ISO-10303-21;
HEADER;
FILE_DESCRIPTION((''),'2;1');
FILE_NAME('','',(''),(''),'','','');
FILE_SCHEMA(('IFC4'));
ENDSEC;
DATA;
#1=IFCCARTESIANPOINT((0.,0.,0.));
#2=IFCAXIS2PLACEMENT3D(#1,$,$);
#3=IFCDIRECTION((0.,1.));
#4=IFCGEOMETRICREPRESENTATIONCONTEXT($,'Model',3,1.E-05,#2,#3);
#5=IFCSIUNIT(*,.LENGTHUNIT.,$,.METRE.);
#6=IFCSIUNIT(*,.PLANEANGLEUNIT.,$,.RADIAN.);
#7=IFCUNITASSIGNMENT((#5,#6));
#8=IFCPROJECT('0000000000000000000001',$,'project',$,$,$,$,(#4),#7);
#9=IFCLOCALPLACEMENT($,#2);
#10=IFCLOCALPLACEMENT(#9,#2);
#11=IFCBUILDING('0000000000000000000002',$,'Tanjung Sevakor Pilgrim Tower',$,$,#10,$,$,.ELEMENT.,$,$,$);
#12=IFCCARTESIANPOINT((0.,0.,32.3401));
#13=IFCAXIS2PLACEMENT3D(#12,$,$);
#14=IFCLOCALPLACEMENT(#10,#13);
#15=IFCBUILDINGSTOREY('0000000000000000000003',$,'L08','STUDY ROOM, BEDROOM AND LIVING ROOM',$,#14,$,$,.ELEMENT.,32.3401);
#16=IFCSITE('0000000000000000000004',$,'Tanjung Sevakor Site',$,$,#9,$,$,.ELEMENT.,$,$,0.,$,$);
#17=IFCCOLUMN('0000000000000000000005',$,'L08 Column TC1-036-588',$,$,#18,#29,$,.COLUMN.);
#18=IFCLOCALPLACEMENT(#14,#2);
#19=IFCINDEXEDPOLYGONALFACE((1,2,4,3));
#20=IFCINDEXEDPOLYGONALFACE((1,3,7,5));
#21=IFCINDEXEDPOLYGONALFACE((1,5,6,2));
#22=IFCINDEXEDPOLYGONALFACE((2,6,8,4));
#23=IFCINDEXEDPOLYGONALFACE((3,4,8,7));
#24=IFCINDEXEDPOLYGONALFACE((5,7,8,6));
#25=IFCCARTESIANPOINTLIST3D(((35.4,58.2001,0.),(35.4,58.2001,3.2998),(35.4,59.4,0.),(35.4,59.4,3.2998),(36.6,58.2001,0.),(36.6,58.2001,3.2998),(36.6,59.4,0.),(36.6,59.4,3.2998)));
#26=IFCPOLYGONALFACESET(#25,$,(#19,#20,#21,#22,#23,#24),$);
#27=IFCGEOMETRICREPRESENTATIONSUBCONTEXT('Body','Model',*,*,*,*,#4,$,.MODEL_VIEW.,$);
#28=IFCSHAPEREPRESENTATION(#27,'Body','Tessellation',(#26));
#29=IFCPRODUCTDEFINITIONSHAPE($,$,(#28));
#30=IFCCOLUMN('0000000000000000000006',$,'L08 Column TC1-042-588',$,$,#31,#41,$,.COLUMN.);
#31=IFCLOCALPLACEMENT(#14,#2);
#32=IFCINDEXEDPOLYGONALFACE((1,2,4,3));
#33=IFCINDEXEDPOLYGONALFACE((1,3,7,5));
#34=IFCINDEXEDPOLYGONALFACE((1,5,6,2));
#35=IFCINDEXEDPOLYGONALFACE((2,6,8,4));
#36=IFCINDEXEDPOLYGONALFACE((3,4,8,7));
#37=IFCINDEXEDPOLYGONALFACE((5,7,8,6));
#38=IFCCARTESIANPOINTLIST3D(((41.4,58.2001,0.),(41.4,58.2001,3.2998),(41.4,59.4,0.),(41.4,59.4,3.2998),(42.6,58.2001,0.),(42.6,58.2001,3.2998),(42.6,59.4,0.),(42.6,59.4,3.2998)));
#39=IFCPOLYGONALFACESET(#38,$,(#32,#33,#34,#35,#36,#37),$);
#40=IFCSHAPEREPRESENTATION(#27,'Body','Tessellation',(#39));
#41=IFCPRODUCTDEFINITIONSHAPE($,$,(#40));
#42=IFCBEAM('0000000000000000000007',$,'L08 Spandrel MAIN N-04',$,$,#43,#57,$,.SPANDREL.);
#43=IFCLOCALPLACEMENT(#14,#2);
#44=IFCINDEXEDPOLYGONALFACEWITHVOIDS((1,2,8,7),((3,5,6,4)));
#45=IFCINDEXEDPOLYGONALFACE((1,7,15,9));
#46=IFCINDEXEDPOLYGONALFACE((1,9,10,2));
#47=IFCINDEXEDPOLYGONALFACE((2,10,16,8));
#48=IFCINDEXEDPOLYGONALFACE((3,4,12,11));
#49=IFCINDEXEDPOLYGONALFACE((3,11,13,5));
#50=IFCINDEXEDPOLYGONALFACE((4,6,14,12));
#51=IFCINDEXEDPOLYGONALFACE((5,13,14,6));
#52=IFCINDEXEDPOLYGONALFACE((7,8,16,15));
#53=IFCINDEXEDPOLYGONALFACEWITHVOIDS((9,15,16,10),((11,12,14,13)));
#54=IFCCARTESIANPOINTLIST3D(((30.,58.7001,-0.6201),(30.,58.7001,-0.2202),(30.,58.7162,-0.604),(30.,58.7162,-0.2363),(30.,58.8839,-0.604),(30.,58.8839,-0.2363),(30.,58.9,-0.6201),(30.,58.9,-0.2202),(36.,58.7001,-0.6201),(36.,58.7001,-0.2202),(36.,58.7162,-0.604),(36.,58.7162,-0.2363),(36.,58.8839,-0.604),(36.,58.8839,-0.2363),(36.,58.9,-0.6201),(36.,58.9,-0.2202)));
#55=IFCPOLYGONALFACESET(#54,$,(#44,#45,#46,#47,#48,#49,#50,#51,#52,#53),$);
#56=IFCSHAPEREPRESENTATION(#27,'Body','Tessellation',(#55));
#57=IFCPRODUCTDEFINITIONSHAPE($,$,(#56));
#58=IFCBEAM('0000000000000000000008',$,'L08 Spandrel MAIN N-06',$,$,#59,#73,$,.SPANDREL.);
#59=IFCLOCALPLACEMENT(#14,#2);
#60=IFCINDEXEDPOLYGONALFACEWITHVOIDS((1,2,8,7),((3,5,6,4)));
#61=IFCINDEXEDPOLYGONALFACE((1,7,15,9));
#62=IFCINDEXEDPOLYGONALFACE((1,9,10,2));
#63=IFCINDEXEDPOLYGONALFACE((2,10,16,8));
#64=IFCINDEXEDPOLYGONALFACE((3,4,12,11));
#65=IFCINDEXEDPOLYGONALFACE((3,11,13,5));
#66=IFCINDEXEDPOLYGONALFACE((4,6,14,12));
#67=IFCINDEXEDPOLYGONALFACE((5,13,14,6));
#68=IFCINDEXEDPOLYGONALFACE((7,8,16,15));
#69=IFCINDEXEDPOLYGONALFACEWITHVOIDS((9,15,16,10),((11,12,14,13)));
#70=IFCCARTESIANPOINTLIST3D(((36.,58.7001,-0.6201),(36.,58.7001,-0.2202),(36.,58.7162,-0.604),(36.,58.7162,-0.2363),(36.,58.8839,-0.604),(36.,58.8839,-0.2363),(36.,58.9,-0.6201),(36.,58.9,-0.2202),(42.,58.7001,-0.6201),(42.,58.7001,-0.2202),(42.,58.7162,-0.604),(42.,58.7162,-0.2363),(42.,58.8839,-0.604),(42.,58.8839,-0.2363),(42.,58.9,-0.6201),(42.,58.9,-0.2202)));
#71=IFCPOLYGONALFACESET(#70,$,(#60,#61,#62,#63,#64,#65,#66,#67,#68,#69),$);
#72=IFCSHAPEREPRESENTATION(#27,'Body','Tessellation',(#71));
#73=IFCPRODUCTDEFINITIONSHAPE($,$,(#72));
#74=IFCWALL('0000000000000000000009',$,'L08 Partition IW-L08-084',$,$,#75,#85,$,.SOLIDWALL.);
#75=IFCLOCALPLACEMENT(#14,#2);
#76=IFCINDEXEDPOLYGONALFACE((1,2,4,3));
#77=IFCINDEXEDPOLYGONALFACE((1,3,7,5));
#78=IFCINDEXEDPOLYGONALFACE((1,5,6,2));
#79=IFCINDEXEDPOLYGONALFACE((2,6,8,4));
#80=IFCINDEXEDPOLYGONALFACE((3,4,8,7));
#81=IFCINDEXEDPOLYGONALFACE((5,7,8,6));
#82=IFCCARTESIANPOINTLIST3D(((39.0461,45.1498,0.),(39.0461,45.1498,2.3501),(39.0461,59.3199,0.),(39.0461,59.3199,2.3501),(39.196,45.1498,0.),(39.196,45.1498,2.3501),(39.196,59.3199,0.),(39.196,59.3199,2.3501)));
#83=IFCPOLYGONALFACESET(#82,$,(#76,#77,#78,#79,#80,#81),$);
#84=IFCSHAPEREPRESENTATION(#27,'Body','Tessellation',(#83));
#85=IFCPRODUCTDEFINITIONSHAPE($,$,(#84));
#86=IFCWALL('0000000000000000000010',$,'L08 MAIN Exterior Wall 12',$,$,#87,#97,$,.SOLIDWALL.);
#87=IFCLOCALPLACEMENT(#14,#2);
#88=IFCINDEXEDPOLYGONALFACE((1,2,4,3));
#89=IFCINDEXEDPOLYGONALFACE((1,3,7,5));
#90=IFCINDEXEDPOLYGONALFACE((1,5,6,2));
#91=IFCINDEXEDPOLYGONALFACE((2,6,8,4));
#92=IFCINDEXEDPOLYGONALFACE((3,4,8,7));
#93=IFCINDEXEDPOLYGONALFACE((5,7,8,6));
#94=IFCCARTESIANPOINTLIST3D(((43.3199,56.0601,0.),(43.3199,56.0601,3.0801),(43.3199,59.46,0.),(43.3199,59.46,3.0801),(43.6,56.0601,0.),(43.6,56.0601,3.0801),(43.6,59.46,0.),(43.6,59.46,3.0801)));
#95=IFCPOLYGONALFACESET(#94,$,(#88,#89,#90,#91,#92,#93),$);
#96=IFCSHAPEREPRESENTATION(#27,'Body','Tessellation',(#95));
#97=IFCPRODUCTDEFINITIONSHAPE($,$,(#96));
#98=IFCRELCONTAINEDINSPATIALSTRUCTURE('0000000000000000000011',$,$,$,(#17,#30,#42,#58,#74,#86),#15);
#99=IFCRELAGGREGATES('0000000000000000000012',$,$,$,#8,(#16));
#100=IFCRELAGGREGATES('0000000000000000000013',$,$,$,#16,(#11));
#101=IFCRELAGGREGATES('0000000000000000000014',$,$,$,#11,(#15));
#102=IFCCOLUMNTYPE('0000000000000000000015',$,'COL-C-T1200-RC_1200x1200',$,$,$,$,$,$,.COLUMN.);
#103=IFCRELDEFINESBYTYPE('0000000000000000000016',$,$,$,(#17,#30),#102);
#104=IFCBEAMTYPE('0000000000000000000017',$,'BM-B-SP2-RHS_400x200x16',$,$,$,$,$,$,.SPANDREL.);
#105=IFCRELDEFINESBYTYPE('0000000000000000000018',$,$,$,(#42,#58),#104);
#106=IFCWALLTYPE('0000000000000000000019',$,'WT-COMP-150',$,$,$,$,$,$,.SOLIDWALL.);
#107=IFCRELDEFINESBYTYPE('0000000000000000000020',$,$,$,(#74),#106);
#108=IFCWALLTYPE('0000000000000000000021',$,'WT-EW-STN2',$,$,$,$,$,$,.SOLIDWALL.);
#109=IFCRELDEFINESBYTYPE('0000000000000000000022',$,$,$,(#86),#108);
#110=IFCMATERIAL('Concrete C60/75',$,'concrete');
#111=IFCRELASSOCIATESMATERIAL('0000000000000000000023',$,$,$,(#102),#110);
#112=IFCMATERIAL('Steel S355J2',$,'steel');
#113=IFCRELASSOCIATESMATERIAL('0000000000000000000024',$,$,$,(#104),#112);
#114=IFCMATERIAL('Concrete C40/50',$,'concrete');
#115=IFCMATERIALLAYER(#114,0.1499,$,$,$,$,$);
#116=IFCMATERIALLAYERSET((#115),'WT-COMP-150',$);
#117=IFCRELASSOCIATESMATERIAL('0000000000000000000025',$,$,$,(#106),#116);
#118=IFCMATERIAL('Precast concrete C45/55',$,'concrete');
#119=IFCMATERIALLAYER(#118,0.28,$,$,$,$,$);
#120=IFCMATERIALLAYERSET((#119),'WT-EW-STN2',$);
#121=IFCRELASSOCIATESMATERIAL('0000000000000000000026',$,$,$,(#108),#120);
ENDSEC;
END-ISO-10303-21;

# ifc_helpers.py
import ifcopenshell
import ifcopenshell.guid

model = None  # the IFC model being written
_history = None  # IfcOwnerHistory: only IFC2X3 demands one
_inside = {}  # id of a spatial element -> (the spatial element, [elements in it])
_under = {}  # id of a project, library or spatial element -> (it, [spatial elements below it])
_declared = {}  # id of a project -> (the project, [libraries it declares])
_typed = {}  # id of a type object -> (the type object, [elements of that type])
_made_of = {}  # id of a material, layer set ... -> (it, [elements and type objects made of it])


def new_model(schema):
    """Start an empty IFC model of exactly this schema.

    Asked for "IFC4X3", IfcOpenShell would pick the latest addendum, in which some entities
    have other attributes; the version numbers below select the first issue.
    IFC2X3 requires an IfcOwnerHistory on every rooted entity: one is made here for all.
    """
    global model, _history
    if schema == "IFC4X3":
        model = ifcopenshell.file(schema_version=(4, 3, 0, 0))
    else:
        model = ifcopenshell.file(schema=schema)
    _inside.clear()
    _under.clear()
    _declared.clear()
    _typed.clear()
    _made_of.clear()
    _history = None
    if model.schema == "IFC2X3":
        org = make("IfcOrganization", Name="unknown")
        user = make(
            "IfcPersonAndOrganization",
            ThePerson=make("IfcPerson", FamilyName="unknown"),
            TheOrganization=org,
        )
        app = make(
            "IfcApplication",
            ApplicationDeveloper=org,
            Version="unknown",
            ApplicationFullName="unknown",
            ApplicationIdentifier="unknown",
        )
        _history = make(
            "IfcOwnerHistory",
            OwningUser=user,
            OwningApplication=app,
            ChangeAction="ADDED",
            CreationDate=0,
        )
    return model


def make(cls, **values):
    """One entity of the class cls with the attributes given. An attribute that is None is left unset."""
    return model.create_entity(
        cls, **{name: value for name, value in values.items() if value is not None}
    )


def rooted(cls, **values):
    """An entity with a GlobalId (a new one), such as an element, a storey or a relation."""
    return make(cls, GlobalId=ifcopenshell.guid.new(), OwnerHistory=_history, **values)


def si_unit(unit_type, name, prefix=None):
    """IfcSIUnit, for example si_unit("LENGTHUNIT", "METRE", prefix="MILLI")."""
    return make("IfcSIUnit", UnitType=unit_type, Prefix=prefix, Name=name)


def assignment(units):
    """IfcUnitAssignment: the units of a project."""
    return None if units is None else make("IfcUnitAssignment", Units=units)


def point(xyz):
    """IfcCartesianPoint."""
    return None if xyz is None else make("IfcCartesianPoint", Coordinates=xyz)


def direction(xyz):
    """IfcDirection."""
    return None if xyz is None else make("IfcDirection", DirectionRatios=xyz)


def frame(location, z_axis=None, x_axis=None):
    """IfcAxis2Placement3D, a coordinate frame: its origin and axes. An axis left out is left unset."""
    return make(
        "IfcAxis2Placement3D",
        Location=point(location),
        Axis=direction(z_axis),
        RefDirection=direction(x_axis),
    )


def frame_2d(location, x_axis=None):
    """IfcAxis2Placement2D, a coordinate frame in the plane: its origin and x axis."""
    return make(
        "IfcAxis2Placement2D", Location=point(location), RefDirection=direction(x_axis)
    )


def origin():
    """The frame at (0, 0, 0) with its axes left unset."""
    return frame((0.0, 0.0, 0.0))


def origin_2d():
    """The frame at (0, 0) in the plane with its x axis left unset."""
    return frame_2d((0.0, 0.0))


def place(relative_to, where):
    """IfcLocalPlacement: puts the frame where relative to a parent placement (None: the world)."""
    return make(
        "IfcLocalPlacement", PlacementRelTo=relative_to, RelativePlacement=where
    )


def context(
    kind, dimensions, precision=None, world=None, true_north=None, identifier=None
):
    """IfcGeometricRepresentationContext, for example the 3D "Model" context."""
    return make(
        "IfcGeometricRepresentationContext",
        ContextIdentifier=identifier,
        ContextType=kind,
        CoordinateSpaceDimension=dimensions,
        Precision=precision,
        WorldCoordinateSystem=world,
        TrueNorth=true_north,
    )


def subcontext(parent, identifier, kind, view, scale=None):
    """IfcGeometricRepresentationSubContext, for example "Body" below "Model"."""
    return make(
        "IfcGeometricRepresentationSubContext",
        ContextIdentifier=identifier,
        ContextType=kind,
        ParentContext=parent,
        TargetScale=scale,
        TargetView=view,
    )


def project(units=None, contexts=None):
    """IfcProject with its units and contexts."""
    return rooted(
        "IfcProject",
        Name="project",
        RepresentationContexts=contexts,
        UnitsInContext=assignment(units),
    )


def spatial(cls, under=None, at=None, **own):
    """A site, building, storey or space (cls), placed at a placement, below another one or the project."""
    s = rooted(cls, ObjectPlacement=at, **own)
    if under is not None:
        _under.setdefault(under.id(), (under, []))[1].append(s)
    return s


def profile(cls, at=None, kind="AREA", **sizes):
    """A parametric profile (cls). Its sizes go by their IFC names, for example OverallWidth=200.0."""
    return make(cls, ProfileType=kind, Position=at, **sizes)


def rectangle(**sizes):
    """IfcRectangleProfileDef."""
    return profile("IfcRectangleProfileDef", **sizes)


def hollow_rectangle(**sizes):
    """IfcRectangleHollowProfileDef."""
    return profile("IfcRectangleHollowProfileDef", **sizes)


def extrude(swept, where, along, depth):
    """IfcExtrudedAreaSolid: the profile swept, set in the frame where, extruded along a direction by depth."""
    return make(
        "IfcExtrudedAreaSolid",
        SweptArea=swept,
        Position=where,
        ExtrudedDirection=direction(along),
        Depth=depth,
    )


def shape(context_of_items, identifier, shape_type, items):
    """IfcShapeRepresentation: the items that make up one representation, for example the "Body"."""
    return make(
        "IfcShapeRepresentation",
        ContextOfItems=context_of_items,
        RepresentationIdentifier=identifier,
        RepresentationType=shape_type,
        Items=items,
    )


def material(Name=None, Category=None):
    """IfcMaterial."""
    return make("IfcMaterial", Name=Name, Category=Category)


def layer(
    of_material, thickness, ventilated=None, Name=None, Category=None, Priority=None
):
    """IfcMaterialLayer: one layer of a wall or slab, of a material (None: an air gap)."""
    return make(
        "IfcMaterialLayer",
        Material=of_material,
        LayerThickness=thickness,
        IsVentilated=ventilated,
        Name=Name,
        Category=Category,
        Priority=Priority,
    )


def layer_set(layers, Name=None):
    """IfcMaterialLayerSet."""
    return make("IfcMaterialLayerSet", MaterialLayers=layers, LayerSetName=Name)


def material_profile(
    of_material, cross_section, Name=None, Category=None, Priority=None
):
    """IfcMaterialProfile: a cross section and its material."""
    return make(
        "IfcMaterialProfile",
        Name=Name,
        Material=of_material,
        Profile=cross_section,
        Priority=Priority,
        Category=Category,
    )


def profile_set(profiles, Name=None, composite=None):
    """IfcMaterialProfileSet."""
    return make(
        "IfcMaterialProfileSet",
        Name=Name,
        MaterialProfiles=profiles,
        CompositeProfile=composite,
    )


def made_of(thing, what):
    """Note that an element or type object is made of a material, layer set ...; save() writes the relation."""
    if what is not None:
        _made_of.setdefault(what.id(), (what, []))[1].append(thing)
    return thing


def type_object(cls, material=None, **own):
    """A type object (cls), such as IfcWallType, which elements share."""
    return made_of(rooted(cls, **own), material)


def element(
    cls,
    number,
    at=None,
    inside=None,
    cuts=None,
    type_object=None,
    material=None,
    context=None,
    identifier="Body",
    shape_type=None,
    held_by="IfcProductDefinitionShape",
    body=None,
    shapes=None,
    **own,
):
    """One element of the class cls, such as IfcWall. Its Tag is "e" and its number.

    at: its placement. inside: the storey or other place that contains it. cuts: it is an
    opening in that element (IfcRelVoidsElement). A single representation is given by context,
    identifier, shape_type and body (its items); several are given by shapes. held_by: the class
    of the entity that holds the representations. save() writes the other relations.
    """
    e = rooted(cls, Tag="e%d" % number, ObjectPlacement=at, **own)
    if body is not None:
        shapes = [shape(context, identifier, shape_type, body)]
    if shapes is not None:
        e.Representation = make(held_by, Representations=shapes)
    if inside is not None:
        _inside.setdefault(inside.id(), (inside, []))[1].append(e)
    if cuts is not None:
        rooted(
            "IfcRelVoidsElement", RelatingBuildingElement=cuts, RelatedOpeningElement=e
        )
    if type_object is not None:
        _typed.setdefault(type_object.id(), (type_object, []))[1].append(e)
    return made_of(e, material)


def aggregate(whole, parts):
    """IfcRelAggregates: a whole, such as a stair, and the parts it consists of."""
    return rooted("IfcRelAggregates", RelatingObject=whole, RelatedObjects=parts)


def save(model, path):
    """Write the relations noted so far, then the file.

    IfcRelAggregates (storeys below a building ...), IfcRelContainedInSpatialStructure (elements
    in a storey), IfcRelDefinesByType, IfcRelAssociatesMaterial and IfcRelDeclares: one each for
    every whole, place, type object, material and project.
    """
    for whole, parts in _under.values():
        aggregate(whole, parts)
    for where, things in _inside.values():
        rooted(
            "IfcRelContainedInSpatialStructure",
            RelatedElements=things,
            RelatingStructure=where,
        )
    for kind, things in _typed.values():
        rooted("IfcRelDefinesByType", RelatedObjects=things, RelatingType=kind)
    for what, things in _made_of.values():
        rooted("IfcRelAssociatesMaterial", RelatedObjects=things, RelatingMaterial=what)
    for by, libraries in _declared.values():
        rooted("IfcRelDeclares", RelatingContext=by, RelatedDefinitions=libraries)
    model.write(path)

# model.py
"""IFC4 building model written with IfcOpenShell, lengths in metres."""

from ifc_helpers import new_model, si_unit, direction, frame, frame_2d, origin, origin_2d, place, context, subcontext, project, spatial, rectangle, hollow_rectangle, extrude, material, layer, layer_set, material_profile, profile_set, type_object, element, save


model = new_model("IFC4")

# Units and contexts
model_context = context("Model", 3, precision=1e-05, world=origin(), true_north=direction((0.0, 1.0)))
body_context = subcontext(model_context, "Body", "Model", "MODEL_VIEW")
ifc_project = project(units=[si_unit("LENGTHUNIT", "METRE"), si_unit("PLANEANGLEUNIT", "RADIAN")], contexts=[model_context])

# Site, building, storey
site_placement = place(None, origin())
site = spatial("IfcSite", under=ifc_project, at=site_placement, Name="Tanjung Sevakor Site", CompositionType="ELEMENT", RefElevation=0.0)
building_placement = place(site_placement, origin())
building = spatial("IfcBuilding", under=site, at=building_placement, Name="Tanjung Sevakor Pilgrim Tower", CompositionType="ELEMENT")
storey_placement = place(building_placement, frame((0.0, 0.0, 32.3401)))
storey = spatial("IfcBuildingStorey", under=building, at=storey_placement, Name="L08", Description="STUDY ROOM, BEDROOM AND LIVING ROOM", CompositionType="ELEMENT", Elevation=32.3401)

# Columns
ifc_material_1 = material(Name="Concrete C60/75", Category="concrete")
ifc_material_profile_1 = material_profile(ifc_material_1, rectangle(XDim=1.2, YDim=1.2, at=origin_2d()))
ifc_profile_set_1 = profile_set([ifc_material_profile_1], Name="Concrete C60/75")
column_type = type_object("IfcColumnType", Name="COL-C-T1200-RC_1200x1200", PredefinedType="COLUMN", material=ifc_profile_set_1)
for number, where, z_axis, x_axis, name in (
    (1, (36.0, 58.8, 0.0), (0.0, 0.0, 1.0), (1.0, 0.0, 0.0), "L08 Column TC1-036-588"),
    (2, (42.0, 58.8, 0.0), (0.0, 0.0, 1.0), (1.0, 0.0, 0.0), "L08 Column TC1-042-588"),
):
    element("IfcColumn", number, at=place(storey_placement, frame(where, z_axis=z_axis, x_axis=x_axis)), inside=storey, type_object=column_type, Name=name, PredefinedType="COLUMN", context=body_context, shape_type="SweptSolid", body=[
        extrude(rectangle(XDim=1.2, YDim=1.2, at=origin_2d()), origin(), (0.0, 0.0, 1.0), 3.2998),
    ])

# Beams
ifc_material_2 = material(Name="Steel S355J2", Category="steel")
ifc_material_profile_2 = material_profile(ifc_material_2, hollow_rectangle(XDim=0.2, YDim=0.3999, WallThickness=0.0161, at=origin_2d()))
ifc_profile_set_2 = profile_set([ifc_material_profile_2], Name="Steel S355J2")
beam_type = type_object("IfcBeamType", Name="BM-B-SP2-RHS_400x200x16", PredefinedType="SPANDREL", material=ifc_profile_set_2)
for number, where, z_axis, x_axis, name in (
    (3, (30.0, 58.8, -0.4202), (1.0, 0.0, 0.0), (0.0, 1.0, 0.0), "L08 Spandrel MAIN N-04"),
    (4, (36.0, 58.8, -0.4202), (1.0, 0.0, 0.0), (0.0, 1.0, 0.0), "L08 Spandrel MAIN N-06"),
):
    element("IfcBeam", number, at=place(storey_placement, frame(where, z_axis=z_axis, x_axis=x_axis)), inside=storey, type_object=beam_type, Name=name, PredefinedType="SPANDREL", context=body_context, shape_type="SweptSolid", body=[
        extrude(hollow_rectangle(XDim=0.2, YDim=0.3999, WallThickness=0.0161, at=origin_2d()), origin(), (0.0, 0.0, 1.0), 6.0),
    ])

# Wall
ifc_material_3 = material(Name="Concrete C40/50", Category="concrete")
ifc_layer_1 = layer(ifc_material_3, 0.1499)
ifc_layer_set_1 = layer_set([ifc_layer_1], Name="WT-COMP-150")
wall_type_1 = type_object("IfcWallType", Name="WT-COMP-150", PredefinedType="SOLIDWALL", material=ifc_layer_set_1)
wall_1_placement = place(storey_placement, frame((39.1211, 45.1499, 0.0), z_axis=(0.0, 0.0, 1.0), x_axis=(0.0, 1.0, 0.0)))
element("IfcWall", 5, at=wall_1_placement, inside=storey, type_object=wall_type_1, Name="L08 Partition IW-L08-084", PredefinedType="SOLIDWALL", context=body_context, shape_type="SweptSolid", body=[
    extrude(rectangle(XDim=14.1702, YDim=0.1499, at=frame_2d((7.085, 0.0))), origin(), (0.0, 0.0, 1.0), 2.3501),
])

# Wall
ifc_material_4 = material(Name="Precast concrete C45/55", Category="concrete")
ifc_layer_2 = layer(ifc_material_4, 0.28)
ifc_layer_set_2 = layer_set([ifc_layer_2], Name="WT-EW-STN2")
wall_type_2 = type_object("IfcWallType", Name="WT-EW-STN2", PredefinedType="SOLIDWALL", material=ifc_layer_set_2)
wall_2_placement = place(storey_placement, frame((43.46, 56.0601, 0.0), z_axis=(0.0, 0.0, 1.0), x_axis=(0.0, 1.0, 0.0)))
element("IfcWall", 6, at=wall_2_placement, inside=storey, type_object=wall_type_2, Name="L08 MAIN Exterior Wall 12", PredefinedType="SOLIDWALL", context=body_context, shape_type="SweptSolid", body=[
    extrude(rectangle(XDim=3.3999, YDim=0.28, at=frame_2d((1.7, 0.0))), origin(), (0.0, 0.0, 1.0), 3.0801),
])

save(model, "model.ifc")
